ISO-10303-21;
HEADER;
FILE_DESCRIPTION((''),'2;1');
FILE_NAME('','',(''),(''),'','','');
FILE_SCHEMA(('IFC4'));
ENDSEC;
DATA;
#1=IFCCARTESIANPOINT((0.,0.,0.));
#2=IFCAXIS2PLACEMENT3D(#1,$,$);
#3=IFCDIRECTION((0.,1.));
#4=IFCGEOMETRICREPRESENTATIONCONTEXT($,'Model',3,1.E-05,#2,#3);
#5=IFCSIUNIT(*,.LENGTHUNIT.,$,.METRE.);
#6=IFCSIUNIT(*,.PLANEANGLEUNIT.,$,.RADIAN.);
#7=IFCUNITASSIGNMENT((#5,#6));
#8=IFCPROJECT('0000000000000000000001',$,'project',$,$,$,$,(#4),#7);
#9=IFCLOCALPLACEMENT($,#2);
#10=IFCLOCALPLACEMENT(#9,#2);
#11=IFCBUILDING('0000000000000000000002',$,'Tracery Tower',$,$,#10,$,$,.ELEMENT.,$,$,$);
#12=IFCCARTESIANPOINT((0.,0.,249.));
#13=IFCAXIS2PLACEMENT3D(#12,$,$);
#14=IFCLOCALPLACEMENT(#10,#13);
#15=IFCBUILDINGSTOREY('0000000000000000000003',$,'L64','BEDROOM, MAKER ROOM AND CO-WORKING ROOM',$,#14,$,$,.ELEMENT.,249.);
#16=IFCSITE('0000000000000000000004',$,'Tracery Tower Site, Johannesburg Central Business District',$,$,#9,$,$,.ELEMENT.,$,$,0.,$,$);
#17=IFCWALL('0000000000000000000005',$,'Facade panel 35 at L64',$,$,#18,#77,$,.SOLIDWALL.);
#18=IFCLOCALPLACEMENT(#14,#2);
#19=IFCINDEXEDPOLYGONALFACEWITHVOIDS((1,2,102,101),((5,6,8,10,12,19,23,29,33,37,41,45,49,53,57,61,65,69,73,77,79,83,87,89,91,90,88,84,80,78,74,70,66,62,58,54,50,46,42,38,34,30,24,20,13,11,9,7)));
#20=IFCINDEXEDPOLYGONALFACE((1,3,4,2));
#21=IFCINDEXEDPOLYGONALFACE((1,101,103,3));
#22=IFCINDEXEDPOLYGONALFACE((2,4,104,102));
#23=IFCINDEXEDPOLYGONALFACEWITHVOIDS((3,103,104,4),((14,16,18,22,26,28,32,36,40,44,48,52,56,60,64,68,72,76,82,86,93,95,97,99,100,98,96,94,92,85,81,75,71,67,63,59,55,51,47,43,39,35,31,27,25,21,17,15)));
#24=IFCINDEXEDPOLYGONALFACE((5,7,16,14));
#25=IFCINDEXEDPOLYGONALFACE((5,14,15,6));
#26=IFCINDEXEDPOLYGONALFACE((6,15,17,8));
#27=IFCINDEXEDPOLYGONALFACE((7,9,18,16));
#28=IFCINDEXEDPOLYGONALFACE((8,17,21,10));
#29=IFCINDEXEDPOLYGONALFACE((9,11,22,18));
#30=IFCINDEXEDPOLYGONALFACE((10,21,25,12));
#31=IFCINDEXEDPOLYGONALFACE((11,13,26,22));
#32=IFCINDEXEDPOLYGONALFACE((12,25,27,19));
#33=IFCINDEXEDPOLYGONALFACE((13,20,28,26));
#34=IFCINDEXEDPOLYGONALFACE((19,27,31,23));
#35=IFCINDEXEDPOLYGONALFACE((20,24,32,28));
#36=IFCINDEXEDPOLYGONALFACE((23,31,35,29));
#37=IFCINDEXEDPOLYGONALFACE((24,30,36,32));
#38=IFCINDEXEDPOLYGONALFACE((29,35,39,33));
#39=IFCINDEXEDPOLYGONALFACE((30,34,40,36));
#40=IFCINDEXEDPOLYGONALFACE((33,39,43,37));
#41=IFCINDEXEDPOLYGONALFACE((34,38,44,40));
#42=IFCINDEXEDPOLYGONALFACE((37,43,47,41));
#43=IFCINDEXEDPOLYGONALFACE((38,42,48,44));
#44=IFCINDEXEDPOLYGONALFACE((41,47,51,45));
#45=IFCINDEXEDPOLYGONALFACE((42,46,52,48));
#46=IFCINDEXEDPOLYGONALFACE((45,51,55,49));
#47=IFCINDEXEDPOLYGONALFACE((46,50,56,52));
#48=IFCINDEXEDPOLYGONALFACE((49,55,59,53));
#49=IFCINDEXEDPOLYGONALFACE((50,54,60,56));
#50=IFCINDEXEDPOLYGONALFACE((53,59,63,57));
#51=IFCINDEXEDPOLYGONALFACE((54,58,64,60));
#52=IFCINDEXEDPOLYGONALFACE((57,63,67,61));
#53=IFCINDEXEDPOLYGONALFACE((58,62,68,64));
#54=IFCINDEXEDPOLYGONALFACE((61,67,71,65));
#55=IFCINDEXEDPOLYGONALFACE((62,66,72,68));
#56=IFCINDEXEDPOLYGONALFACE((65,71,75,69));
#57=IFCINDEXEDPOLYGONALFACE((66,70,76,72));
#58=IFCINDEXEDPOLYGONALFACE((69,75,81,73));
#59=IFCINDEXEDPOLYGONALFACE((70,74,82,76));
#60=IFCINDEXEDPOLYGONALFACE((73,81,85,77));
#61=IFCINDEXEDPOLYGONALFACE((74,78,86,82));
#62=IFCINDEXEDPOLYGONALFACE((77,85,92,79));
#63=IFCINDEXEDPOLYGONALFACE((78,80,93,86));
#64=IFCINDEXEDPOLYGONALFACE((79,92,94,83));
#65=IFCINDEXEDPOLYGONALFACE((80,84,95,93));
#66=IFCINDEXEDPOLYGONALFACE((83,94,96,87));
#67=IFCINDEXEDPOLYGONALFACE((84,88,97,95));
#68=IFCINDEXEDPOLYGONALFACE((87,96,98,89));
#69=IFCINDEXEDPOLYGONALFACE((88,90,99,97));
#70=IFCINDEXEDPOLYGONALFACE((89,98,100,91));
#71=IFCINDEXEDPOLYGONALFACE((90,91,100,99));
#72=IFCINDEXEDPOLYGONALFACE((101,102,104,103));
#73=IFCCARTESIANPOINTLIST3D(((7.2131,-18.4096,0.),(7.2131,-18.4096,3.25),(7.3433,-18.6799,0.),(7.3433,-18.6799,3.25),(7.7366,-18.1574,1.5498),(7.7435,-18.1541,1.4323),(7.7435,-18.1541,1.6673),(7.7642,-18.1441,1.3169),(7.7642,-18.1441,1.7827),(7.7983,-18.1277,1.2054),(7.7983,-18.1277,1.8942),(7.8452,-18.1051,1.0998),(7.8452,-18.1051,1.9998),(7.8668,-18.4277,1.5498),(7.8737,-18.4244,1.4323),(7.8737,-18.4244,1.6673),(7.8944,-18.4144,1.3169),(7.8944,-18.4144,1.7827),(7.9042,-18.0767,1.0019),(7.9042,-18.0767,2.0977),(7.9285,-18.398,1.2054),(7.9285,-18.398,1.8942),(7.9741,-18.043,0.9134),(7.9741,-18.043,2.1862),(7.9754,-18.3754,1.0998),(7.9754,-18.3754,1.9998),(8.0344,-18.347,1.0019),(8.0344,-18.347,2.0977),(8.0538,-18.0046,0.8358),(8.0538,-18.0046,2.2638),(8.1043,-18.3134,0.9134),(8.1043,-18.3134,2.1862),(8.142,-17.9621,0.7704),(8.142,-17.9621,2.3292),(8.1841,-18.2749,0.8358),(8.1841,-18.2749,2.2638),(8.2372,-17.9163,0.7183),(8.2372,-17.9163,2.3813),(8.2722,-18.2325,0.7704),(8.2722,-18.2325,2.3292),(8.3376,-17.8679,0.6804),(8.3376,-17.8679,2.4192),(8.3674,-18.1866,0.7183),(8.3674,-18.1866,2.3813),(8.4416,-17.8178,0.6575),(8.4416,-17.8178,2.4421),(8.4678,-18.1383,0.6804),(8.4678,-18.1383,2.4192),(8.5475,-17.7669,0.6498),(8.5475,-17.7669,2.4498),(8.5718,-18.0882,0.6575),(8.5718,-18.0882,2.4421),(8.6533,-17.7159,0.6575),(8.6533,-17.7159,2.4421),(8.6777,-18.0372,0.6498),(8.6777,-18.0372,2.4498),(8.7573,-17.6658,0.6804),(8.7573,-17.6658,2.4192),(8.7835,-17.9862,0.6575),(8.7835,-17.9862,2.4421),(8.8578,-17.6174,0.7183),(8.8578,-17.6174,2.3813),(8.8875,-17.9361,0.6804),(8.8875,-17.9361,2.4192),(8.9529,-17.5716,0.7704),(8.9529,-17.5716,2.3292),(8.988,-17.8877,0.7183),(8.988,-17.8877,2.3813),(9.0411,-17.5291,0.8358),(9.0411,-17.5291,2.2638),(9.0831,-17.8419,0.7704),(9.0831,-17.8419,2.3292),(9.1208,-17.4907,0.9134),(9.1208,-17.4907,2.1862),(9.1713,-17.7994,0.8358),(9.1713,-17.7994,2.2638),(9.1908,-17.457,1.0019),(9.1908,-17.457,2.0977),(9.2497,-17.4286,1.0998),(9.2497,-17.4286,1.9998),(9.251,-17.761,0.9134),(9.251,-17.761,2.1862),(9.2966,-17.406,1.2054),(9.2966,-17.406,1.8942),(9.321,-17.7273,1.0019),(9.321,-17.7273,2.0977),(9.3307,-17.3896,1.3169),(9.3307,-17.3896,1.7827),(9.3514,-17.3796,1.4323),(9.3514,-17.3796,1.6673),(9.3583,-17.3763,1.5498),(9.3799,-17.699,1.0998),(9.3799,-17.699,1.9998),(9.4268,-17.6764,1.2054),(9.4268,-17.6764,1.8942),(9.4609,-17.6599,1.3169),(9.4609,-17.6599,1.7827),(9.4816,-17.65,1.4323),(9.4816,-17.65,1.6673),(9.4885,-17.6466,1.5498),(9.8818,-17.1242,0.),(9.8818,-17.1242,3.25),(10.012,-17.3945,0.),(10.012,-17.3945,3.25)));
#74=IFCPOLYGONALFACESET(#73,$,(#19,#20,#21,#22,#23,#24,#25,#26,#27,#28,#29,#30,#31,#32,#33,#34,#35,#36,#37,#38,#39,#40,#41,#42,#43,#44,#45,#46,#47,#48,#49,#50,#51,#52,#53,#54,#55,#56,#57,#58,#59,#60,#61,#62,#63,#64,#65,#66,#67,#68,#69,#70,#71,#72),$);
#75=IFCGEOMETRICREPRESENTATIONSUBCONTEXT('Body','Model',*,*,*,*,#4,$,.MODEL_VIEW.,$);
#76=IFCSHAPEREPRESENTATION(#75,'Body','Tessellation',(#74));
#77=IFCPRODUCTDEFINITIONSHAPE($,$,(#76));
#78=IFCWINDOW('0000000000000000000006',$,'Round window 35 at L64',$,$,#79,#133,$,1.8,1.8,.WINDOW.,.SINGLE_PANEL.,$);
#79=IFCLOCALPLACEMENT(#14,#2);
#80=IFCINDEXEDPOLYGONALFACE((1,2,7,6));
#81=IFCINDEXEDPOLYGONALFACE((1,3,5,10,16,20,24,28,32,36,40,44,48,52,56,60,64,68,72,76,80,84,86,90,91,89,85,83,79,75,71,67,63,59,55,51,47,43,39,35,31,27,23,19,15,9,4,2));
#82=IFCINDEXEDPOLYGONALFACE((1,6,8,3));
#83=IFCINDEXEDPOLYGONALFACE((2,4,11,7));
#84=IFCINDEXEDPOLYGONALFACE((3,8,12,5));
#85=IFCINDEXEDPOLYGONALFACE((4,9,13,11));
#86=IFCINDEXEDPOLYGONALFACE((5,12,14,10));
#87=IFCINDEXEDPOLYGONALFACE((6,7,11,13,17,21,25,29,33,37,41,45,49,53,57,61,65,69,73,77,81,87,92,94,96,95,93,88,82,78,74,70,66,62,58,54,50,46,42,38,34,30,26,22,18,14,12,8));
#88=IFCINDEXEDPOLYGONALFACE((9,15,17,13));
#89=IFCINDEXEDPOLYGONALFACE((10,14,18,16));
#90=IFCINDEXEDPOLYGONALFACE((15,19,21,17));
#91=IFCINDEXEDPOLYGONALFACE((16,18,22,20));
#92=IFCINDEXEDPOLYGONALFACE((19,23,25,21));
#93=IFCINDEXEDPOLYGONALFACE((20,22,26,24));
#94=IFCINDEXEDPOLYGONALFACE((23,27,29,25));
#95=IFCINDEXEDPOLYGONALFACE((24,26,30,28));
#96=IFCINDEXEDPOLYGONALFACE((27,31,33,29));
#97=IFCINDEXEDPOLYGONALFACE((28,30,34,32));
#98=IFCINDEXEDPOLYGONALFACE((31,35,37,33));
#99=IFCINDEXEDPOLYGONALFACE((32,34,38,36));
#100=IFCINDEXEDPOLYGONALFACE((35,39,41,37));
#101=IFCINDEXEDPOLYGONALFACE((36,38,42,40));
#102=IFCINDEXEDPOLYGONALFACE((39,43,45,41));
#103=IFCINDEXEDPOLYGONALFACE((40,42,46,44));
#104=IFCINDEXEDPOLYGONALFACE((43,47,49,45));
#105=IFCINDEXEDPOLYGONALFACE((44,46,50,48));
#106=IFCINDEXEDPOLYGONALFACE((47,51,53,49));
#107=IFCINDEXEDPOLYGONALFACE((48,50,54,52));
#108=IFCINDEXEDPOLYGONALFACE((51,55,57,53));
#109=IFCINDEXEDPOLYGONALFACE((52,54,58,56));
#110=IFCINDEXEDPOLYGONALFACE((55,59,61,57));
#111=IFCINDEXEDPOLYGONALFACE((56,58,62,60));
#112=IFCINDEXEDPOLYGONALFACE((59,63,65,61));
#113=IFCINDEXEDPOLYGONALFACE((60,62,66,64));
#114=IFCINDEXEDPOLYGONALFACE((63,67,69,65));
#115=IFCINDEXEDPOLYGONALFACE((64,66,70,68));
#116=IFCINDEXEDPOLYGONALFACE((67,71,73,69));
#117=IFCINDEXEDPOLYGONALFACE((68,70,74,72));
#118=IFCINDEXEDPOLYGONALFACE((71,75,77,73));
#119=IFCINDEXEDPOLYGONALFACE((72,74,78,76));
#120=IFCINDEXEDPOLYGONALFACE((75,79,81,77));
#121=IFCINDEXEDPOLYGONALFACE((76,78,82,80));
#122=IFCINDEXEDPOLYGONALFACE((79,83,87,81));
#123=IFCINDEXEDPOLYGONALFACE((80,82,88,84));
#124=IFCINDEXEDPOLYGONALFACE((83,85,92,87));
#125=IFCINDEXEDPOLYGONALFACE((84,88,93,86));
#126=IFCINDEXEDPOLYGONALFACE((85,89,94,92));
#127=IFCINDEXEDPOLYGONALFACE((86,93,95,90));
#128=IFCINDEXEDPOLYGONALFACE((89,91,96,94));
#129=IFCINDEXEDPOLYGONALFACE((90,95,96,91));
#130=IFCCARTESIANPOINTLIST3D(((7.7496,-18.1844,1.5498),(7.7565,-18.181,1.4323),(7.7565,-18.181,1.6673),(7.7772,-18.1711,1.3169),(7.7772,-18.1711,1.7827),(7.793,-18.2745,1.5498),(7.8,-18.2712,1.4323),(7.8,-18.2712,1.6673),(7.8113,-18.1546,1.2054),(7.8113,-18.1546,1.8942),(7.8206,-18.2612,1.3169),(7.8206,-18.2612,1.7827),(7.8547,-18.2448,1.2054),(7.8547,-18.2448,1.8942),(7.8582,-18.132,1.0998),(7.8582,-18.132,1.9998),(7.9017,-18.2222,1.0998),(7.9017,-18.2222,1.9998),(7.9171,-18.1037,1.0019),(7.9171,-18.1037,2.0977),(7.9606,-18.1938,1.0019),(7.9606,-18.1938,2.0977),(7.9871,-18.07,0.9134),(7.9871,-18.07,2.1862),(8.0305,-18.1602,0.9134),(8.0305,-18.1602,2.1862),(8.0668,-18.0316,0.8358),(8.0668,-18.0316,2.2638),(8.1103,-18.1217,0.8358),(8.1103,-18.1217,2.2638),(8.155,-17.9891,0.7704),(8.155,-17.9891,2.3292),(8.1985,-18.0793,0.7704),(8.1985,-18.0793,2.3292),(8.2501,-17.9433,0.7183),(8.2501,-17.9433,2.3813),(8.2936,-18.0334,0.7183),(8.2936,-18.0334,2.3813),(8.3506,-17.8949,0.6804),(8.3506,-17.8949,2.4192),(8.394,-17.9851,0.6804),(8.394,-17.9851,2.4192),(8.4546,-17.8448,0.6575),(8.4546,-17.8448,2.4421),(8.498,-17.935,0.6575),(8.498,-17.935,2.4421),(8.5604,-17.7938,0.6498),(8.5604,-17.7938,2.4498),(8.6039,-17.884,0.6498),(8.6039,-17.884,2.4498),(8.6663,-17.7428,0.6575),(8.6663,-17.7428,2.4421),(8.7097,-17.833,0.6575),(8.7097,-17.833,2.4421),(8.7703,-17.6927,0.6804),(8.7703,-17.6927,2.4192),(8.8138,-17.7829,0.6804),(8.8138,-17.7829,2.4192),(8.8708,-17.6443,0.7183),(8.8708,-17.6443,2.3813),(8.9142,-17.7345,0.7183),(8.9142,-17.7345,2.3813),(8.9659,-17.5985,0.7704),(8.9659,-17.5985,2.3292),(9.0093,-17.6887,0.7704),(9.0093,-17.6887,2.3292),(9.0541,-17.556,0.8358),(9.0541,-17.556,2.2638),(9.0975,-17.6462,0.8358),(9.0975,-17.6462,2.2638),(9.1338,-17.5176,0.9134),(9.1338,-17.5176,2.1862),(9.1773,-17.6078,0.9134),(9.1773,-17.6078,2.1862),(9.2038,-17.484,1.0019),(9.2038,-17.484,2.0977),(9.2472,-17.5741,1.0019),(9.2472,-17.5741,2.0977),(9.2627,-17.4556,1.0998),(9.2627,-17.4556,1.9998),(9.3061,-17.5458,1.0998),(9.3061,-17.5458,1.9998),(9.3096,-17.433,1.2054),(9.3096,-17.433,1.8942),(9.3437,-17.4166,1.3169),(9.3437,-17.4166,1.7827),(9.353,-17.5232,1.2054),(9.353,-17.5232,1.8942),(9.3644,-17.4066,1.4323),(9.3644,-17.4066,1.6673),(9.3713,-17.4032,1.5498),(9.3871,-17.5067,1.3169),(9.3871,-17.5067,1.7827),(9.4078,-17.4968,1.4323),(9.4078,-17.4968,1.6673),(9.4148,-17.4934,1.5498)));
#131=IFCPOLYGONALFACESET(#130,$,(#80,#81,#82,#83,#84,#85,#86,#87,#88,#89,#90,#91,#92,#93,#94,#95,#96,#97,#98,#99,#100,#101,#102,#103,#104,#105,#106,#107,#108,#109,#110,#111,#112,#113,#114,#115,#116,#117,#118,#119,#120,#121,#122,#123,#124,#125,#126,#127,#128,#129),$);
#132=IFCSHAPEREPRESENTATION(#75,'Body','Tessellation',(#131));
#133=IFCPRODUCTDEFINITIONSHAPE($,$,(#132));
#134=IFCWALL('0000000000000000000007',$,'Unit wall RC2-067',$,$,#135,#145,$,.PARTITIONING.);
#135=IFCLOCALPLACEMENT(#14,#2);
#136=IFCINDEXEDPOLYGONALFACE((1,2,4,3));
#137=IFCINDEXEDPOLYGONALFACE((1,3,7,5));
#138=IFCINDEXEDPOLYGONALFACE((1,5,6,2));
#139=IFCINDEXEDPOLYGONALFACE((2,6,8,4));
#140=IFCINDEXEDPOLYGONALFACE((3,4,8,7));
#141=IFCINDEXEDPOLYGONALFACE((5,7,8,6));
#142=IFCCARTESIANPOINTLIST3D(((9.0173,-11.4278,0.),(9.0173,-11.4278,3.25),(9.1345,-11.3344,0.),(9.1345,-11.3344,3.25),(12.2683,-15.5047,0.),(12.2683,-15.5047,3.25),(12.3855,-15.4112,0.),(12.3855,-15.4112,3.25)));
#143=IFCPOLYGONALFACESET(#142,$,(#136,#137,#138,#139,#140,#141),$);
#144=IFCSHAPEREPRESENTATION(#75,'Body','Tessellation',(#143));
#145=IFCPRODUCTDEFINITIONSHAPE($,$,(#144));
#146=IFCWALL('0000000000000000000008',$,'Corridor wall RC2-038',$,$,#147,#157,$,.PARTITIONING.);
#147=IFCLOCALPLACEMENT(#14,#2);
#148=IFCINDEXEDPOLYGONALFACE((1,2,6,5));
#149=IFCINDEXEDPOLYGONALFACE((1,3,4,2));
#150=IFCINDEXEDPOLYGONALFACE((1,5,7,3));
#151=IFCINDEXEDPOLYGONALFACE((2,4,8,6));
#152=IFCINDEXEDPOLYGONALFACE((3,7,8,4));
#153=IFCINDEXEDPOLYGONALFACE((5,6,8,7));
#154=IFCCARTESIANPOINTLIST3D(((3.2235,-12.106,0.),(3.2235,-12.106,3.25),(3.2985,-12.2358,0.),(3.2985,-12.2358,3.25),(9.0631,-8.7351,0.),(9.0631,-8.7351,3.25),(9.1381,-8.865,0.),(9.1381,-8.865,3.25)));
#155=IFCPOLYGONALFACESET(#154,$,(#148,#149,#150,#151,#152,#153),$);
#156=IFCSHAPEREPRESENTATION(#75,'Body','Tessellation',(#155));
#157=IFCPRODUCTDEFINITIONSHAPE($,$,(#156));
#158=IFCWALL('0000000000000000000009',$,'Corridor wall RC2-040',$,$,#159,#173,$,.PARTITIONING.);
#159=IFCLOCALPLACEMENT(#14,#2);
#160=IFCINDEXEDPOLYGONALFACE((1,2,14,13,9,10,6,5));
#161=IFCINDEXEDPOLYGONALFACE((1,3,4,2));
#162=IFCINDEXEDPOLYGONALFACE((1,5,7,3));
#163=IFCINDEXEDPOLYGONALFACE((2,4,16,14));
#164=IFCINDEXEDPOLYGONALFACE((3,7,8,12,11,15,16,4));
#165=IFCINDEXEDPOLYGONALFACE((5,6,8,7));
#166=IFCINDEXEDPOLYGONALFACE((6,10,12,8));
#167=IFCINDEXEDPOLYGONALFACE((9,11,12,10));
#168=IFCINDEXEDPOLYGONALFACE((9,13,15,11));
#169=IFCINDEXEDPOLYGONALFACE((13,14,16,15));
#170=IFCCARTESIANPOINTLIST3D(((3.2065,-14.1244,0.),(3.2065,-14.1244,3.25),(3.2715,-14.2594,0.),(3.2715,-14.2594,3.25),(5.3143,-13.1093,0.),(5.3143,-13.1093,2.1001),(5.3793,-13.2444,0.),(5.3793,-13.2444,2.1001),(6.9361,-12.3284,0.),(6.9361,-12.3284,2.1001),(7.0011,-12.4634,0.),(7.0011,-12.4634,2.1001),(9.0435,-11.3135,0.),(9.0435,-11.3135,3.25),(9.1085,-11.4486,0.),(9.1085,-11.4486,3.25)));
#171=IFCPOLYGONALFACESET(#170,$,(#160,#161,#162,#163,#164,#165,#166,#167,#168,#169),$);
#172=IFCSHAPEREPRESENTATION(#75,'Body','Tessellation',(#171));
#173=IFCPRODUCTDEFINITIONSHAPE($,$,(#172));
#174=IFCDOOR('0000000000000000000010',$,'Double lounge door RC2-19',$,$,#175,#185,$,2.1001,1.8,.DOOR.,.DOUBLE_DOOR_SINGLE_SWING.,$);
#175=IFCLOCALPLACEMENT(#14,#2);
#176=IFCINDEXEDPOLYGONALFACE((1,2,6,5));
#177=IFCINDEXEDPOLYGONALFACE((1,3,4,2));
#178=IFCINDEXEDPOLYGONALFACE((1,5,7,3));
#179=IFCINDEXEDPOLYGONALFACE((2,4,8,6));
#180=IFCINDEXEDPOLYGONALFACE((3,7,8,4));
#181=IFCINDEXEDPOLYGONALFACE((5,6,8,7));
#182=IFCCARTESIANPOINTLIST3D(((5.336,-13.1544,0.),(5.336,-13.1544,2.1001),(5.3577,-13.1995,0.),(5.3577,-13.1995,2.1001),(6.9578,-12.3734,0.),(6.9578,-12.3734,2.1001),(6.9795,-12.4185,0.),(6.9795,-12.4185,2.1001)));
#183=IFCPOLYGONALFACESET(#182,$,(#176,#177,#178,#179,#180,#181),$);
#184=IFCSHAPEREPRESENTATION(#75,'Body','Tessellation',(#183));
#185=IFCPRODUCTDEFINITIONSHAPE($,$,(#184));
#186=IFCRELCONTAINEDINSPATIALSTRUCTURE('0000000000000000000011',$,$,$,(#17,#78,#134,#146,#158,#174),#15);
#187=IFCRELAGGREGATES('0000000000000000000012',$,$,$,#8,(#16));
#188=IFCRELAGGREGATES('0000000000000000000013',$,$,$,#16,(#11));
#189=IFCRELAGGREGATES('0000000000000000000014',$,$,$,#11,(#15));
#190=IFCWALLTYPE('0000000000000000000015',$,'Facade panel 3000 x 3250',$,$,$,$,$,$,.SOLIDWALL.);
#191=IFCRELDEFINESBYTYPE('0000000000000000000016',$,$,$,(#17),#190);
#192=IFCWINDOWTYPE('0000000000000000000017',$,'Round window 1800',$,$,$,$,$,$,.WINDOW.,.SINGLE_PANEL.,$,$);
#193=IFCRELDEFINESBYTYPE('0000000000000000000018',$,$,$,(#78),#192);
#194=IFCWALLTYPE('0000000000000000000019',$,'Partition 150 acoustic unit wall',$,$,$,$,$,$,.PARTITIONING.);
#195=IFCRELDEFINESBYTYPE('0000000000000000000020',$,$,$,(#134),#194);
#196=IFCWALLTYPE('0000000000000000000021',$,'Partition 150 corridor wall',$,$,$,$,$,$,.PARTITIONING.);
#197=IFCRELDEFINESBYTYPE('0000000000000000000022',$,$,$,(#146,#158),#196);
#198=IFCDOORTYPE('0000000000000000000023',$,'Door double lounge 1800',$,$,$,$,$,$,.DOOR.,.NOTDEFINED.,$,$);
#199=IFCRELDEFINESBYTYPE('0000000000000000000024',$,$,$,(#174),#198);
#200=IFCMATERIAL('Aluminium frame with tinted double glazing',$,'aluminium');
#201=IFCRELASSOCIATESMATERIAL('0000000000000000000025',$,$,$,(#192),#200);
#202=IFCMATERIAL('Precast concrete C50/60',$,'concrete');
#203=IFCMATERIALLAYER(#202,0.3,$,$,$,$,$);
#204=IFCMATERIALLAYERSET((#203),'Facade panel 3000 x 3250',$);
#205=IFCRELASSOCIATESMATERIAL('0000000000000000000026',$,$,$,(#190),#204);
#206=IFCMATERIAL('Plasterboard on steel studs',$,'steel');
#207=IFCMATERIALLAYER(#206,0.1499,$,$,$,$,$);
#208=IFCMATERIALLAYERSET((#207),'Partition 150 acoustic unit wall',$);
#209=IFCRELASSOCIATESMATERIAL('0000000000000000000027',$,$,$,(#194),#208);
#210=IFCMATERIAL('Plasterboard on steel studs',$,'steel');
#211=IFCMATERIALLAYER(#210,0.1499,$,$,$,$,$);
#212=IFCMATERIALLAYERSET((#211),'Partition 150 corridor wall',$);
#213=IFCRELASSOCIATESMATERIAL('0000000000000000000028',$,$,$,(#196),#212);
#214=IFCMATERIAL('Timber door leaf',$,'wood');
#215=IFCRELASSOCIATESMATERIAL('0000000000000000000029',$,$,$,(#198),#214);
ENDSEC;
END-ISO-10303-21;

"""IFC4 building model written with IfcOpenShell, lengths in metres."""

from ifc_helpers import new_model, si_unit, direction, frame, frame_2d, origin, origin_2d, place, context, subcontext, project, spatial, rectangle, circle, extrude, material, layer, layer_set, type_object, element, fill, save


model = new_model("IFC4")

# Units and contexts
model_context = context("Model", 3, precision=1e-05, world=origin(), true_north=direction((0.0, 1.0)))
body_context = subcontext(model_context, "Body", "Model", "MODEL_VIEW")
ifc_project = project(units=[si_unit("LENGTHUNIT", "METRE"), si_unit("PLANEANGLEUNIT", "RADIAN")], contexts=[model_context])

# Site, building, storey
site_placement = place(None, origin())
site = spatial("IfcSite", under=ifc_project, at=site_placement, Name="Tracery Tower Site, Johannesburg Central Business District", CompositionType="ELEMENT", RefElevation=0.0)
building_placement = place(site_placement, origin())
building = spatial("IfcBuilding", under=site, at=building_placement, Name="Tracery Tower", CompositionType="ELEMENT")
storey_placement = place(building_placement, frame((0.0, 0.0, 249.0)))
storey = spatial("IfcBuildingStorey", under=building, at=storey_placement, Name="L64", Description="BEDROOM, MAKER ROOM AND CO-WORKING ROOM", CompositionType="ELEMENT", Elevation=249.0)

# Wall, opening, window
ifc_material_1 = material(Name="Aluminium frame with tinted double glazing", Category="aluminium")
window_type = type_object("IfcWindowType", Name="Round window 1800", PartitioningType="SINGLE_PANEL", PredefinedType="WINDOW", material=ifc_material_1)
ifc_material_2 = material(Name="Precast concrete C50/60", Category="concrete")
ifc_layer_1 = layer(ifc_material_2, 0.3)
ifc_layer_set_1 = layer_set([ifc_layer_1], Name="Facade panel 3000 x 3250")
wall_type_1 = type_object("IfcWallType", Name="Facade panel 3000 x 3250", PredefinedType="SOLIDWALL", material=ifc_layer_set_1)
wall_1_placement = place(storey_placement, frame((7.2783, -18.5447, 0.0), z_axis=(0.0, 0.0, 1.0), x_axis=(0.90094, 0.433944, 0.0)))
wall_1 = element("IfcWall", 1, at=wall_1_placement, inside=storey, type_object=wall_type_1, Name="Facade panel 35 at L64", PredefinedType="SOLIDWALL", context=body_context, shape_type="SweptSolid", body=[
    extrude(rectangle(XDim=2.9622, YDim=0.3, at=frame_2d((1.481, 0.0))), origin(), (0.0, 0.0, 1.0), 3.25),
])
opening_1_placement = place(wall_1_placement, frame((1.481, 0.0, 1.5498)))
opening_1 = element("IfcOpeningElement", 2, at=opening_1_placement, cuts=wall_1, PredefinedType="OPENING", context=body_context, shape_type="SweptSolid", body=[
    extrude(circle(Radius=0.9, at=origin_2d()), frame((0.0, 0.1599, 0.0), z_axis=(0.0, -1.0, 0.0), x_axis=(1.0, 0.0, 0.0)), (0.0, 0.0, 1.0), 0.3201),
])
window_1_placement = place(opening_1_placement, origin())
window_1 = element("IfcWindow", 3, at=window_1_placement, inside=storey, type_object=window_type, Name="Round window 35 at L64", OverallHeight=1.8, OverallWidth=1.8, PartitioningType="SINGLE_PANEL", PredefinedType="WINDOW", context=body_context, shape_type="SweptSolid", body=[
    extrude(circle(Radius=0.9, at=origin_2d()), frame((0.0, 0.1201, 0.0), z_axis=(0.0, -1.0, 0.0), x_axis=(1.0, 0.0, 0.0)), (0.0, 0.0, 1.0), 0.1001),
])
fill(opening_1, window_1)

# Walls
ifc_material_3 = material(Name="Plasterboard on steel studs", Category="steel")
ifc_layer_2 = layer(ifc_material_3, 0.1499)
ifc_layer_set_2 = layer_set([ifc_layer_2], Name="Partition 150 acoustic unit wall")
wall_type_2 = type_object("IfcWallType", Name="Partition 150 acoustic unit wall", PredefinedType="PARTITIONING", material=ifc_layer_set_2)
wall_2_placement = place(storey_placement, frame((9.0759, -11.3811, 0.0), z_axis=(0.0, 0.0, 1.0), x_axis=(0.623461, -0.781854, 0.0)))
element("IfcWall", 4, at=wall_2_placement, inside=storey, type_object=wall_type_2, Name="Unit wall RC2-067", PredefinedType="PARTITIONING", context=body_context, shape_type="SweptSolid", body=[
    extrude(rectangle(XDim=5.2144, YDim=0.1499, at=frame_2d((2.6072, 0.0))), origin(), (0.0, 0.0, 1.0), 3.25),
])
ifc_material_4 = material(Name="Plasterboard on steel studs", Category="steel")
ifc_layer_3 = layer(ifc_material_4, 0.1499)
ifc_layer_set_3 = layer_set([ifc_layer_3], Name="Partition 150 corridor wall")
wall_type_3 = type_object("IfcWallType", Name="Partition 150 corridor wall", PredefinedType="PARTITIONING", material=ifc_layer_set_3)
wall_3_placement = place(storey_placement, frame((3.261, -12.1709, 0.0), z_axis=(0.0, 0.0, 1.0), x_axis=(0.866067, 0.499928, 0.0)))
element("IfcWall", 5, at=wall_3_placement, inside=storey, type_object=wall_type_3, Name="Corridor wall RC2-038", PredefinedType="PARTITIONING", context=body_context, shape_type="SweptSolid", body=[
    extrude(rectangle(XDim=6.7427, YDim=0.1499, at=frame_2d((3.3713, 0.0))), origin(), (0.0, 0.0, 1.0), 3.25),
])

# Wall, opening, door
wall_4_placement = place(storey_placement, frame((3.239, -14.1919, 0.0), z_axis=(0.0, 0.0, 1.0), x_axis=(0.900976, 0.433869, 0.0)))
wall_4 = element("IfcWall", 6, at=wall_4_placement, inside=storey, type_object=wall_type_3, Name="Corridor wall RC2-040", PredefinedType="PARTITIONING", context=body_context, shape_type="SweptSolid", body=[
    extrude(rectangle(XDim=6.4785, YDim=0.1499, at=frame_2d((3.2393, 0.0))), origin(), (0.0, 0.0, 1.0), 3.25),
])
opening_2_placement = place(wall_4_placement, frame((2.3396, 0.0, 0.0)))
opening_2 = element("IfcOpeningElement", 7, at=opening_2_placement, cuts=wall_4, PredefinedType="OPENING", context=body_context, shape_type="SweptSolid", body=[
    extrude(rectangle(XDim=1.8, YDim=2.1001, at=frame_2d((0.8999, 1.05))), frame((0.0, 0.075, 0.0), z_axis=(0.0, -1.0, 0.0), x_axis=(1.0, 0.0, 0.0)), (0.0, 0.0, 1.0), 0.1499),
])
ifc_material_5 = material(Name="Timber door leaf", Category="wood")
door_type = type_object("IfcDoorType", Name="Door double lounge 1800", OperationType="NOTDEFINED", PredefinedType="DOOR", material=ifc_material_5)
door_placement = place(opening_2_placement, origin())
door = element("IfcDoor", 8, at=door_placement, inside=storey, type_object=door_type, Name="Double lounge door RC2-19", OperationType="DOUBLE_DOOR_SINGLE_SWING", OverallHeight=2.1001, OverallWidth=1.8, PredefinedType="DOOR", context=body_context, shape_type="SweptSolid", body=[
    extrude(rectangle(XDim=1.8, YDim=2.1001, at=frame_2d((0.8999, 1.05))), frame((0.0, 0.0249, 0.0), z_axis=(0.0, -1.0, 0.0), x_axis=(1.0, 0.0, 0.0)), (0.0, 0.0, 1.0), 0.05),
])
fill(opening_2, door)

save(model, "model.ifc")
